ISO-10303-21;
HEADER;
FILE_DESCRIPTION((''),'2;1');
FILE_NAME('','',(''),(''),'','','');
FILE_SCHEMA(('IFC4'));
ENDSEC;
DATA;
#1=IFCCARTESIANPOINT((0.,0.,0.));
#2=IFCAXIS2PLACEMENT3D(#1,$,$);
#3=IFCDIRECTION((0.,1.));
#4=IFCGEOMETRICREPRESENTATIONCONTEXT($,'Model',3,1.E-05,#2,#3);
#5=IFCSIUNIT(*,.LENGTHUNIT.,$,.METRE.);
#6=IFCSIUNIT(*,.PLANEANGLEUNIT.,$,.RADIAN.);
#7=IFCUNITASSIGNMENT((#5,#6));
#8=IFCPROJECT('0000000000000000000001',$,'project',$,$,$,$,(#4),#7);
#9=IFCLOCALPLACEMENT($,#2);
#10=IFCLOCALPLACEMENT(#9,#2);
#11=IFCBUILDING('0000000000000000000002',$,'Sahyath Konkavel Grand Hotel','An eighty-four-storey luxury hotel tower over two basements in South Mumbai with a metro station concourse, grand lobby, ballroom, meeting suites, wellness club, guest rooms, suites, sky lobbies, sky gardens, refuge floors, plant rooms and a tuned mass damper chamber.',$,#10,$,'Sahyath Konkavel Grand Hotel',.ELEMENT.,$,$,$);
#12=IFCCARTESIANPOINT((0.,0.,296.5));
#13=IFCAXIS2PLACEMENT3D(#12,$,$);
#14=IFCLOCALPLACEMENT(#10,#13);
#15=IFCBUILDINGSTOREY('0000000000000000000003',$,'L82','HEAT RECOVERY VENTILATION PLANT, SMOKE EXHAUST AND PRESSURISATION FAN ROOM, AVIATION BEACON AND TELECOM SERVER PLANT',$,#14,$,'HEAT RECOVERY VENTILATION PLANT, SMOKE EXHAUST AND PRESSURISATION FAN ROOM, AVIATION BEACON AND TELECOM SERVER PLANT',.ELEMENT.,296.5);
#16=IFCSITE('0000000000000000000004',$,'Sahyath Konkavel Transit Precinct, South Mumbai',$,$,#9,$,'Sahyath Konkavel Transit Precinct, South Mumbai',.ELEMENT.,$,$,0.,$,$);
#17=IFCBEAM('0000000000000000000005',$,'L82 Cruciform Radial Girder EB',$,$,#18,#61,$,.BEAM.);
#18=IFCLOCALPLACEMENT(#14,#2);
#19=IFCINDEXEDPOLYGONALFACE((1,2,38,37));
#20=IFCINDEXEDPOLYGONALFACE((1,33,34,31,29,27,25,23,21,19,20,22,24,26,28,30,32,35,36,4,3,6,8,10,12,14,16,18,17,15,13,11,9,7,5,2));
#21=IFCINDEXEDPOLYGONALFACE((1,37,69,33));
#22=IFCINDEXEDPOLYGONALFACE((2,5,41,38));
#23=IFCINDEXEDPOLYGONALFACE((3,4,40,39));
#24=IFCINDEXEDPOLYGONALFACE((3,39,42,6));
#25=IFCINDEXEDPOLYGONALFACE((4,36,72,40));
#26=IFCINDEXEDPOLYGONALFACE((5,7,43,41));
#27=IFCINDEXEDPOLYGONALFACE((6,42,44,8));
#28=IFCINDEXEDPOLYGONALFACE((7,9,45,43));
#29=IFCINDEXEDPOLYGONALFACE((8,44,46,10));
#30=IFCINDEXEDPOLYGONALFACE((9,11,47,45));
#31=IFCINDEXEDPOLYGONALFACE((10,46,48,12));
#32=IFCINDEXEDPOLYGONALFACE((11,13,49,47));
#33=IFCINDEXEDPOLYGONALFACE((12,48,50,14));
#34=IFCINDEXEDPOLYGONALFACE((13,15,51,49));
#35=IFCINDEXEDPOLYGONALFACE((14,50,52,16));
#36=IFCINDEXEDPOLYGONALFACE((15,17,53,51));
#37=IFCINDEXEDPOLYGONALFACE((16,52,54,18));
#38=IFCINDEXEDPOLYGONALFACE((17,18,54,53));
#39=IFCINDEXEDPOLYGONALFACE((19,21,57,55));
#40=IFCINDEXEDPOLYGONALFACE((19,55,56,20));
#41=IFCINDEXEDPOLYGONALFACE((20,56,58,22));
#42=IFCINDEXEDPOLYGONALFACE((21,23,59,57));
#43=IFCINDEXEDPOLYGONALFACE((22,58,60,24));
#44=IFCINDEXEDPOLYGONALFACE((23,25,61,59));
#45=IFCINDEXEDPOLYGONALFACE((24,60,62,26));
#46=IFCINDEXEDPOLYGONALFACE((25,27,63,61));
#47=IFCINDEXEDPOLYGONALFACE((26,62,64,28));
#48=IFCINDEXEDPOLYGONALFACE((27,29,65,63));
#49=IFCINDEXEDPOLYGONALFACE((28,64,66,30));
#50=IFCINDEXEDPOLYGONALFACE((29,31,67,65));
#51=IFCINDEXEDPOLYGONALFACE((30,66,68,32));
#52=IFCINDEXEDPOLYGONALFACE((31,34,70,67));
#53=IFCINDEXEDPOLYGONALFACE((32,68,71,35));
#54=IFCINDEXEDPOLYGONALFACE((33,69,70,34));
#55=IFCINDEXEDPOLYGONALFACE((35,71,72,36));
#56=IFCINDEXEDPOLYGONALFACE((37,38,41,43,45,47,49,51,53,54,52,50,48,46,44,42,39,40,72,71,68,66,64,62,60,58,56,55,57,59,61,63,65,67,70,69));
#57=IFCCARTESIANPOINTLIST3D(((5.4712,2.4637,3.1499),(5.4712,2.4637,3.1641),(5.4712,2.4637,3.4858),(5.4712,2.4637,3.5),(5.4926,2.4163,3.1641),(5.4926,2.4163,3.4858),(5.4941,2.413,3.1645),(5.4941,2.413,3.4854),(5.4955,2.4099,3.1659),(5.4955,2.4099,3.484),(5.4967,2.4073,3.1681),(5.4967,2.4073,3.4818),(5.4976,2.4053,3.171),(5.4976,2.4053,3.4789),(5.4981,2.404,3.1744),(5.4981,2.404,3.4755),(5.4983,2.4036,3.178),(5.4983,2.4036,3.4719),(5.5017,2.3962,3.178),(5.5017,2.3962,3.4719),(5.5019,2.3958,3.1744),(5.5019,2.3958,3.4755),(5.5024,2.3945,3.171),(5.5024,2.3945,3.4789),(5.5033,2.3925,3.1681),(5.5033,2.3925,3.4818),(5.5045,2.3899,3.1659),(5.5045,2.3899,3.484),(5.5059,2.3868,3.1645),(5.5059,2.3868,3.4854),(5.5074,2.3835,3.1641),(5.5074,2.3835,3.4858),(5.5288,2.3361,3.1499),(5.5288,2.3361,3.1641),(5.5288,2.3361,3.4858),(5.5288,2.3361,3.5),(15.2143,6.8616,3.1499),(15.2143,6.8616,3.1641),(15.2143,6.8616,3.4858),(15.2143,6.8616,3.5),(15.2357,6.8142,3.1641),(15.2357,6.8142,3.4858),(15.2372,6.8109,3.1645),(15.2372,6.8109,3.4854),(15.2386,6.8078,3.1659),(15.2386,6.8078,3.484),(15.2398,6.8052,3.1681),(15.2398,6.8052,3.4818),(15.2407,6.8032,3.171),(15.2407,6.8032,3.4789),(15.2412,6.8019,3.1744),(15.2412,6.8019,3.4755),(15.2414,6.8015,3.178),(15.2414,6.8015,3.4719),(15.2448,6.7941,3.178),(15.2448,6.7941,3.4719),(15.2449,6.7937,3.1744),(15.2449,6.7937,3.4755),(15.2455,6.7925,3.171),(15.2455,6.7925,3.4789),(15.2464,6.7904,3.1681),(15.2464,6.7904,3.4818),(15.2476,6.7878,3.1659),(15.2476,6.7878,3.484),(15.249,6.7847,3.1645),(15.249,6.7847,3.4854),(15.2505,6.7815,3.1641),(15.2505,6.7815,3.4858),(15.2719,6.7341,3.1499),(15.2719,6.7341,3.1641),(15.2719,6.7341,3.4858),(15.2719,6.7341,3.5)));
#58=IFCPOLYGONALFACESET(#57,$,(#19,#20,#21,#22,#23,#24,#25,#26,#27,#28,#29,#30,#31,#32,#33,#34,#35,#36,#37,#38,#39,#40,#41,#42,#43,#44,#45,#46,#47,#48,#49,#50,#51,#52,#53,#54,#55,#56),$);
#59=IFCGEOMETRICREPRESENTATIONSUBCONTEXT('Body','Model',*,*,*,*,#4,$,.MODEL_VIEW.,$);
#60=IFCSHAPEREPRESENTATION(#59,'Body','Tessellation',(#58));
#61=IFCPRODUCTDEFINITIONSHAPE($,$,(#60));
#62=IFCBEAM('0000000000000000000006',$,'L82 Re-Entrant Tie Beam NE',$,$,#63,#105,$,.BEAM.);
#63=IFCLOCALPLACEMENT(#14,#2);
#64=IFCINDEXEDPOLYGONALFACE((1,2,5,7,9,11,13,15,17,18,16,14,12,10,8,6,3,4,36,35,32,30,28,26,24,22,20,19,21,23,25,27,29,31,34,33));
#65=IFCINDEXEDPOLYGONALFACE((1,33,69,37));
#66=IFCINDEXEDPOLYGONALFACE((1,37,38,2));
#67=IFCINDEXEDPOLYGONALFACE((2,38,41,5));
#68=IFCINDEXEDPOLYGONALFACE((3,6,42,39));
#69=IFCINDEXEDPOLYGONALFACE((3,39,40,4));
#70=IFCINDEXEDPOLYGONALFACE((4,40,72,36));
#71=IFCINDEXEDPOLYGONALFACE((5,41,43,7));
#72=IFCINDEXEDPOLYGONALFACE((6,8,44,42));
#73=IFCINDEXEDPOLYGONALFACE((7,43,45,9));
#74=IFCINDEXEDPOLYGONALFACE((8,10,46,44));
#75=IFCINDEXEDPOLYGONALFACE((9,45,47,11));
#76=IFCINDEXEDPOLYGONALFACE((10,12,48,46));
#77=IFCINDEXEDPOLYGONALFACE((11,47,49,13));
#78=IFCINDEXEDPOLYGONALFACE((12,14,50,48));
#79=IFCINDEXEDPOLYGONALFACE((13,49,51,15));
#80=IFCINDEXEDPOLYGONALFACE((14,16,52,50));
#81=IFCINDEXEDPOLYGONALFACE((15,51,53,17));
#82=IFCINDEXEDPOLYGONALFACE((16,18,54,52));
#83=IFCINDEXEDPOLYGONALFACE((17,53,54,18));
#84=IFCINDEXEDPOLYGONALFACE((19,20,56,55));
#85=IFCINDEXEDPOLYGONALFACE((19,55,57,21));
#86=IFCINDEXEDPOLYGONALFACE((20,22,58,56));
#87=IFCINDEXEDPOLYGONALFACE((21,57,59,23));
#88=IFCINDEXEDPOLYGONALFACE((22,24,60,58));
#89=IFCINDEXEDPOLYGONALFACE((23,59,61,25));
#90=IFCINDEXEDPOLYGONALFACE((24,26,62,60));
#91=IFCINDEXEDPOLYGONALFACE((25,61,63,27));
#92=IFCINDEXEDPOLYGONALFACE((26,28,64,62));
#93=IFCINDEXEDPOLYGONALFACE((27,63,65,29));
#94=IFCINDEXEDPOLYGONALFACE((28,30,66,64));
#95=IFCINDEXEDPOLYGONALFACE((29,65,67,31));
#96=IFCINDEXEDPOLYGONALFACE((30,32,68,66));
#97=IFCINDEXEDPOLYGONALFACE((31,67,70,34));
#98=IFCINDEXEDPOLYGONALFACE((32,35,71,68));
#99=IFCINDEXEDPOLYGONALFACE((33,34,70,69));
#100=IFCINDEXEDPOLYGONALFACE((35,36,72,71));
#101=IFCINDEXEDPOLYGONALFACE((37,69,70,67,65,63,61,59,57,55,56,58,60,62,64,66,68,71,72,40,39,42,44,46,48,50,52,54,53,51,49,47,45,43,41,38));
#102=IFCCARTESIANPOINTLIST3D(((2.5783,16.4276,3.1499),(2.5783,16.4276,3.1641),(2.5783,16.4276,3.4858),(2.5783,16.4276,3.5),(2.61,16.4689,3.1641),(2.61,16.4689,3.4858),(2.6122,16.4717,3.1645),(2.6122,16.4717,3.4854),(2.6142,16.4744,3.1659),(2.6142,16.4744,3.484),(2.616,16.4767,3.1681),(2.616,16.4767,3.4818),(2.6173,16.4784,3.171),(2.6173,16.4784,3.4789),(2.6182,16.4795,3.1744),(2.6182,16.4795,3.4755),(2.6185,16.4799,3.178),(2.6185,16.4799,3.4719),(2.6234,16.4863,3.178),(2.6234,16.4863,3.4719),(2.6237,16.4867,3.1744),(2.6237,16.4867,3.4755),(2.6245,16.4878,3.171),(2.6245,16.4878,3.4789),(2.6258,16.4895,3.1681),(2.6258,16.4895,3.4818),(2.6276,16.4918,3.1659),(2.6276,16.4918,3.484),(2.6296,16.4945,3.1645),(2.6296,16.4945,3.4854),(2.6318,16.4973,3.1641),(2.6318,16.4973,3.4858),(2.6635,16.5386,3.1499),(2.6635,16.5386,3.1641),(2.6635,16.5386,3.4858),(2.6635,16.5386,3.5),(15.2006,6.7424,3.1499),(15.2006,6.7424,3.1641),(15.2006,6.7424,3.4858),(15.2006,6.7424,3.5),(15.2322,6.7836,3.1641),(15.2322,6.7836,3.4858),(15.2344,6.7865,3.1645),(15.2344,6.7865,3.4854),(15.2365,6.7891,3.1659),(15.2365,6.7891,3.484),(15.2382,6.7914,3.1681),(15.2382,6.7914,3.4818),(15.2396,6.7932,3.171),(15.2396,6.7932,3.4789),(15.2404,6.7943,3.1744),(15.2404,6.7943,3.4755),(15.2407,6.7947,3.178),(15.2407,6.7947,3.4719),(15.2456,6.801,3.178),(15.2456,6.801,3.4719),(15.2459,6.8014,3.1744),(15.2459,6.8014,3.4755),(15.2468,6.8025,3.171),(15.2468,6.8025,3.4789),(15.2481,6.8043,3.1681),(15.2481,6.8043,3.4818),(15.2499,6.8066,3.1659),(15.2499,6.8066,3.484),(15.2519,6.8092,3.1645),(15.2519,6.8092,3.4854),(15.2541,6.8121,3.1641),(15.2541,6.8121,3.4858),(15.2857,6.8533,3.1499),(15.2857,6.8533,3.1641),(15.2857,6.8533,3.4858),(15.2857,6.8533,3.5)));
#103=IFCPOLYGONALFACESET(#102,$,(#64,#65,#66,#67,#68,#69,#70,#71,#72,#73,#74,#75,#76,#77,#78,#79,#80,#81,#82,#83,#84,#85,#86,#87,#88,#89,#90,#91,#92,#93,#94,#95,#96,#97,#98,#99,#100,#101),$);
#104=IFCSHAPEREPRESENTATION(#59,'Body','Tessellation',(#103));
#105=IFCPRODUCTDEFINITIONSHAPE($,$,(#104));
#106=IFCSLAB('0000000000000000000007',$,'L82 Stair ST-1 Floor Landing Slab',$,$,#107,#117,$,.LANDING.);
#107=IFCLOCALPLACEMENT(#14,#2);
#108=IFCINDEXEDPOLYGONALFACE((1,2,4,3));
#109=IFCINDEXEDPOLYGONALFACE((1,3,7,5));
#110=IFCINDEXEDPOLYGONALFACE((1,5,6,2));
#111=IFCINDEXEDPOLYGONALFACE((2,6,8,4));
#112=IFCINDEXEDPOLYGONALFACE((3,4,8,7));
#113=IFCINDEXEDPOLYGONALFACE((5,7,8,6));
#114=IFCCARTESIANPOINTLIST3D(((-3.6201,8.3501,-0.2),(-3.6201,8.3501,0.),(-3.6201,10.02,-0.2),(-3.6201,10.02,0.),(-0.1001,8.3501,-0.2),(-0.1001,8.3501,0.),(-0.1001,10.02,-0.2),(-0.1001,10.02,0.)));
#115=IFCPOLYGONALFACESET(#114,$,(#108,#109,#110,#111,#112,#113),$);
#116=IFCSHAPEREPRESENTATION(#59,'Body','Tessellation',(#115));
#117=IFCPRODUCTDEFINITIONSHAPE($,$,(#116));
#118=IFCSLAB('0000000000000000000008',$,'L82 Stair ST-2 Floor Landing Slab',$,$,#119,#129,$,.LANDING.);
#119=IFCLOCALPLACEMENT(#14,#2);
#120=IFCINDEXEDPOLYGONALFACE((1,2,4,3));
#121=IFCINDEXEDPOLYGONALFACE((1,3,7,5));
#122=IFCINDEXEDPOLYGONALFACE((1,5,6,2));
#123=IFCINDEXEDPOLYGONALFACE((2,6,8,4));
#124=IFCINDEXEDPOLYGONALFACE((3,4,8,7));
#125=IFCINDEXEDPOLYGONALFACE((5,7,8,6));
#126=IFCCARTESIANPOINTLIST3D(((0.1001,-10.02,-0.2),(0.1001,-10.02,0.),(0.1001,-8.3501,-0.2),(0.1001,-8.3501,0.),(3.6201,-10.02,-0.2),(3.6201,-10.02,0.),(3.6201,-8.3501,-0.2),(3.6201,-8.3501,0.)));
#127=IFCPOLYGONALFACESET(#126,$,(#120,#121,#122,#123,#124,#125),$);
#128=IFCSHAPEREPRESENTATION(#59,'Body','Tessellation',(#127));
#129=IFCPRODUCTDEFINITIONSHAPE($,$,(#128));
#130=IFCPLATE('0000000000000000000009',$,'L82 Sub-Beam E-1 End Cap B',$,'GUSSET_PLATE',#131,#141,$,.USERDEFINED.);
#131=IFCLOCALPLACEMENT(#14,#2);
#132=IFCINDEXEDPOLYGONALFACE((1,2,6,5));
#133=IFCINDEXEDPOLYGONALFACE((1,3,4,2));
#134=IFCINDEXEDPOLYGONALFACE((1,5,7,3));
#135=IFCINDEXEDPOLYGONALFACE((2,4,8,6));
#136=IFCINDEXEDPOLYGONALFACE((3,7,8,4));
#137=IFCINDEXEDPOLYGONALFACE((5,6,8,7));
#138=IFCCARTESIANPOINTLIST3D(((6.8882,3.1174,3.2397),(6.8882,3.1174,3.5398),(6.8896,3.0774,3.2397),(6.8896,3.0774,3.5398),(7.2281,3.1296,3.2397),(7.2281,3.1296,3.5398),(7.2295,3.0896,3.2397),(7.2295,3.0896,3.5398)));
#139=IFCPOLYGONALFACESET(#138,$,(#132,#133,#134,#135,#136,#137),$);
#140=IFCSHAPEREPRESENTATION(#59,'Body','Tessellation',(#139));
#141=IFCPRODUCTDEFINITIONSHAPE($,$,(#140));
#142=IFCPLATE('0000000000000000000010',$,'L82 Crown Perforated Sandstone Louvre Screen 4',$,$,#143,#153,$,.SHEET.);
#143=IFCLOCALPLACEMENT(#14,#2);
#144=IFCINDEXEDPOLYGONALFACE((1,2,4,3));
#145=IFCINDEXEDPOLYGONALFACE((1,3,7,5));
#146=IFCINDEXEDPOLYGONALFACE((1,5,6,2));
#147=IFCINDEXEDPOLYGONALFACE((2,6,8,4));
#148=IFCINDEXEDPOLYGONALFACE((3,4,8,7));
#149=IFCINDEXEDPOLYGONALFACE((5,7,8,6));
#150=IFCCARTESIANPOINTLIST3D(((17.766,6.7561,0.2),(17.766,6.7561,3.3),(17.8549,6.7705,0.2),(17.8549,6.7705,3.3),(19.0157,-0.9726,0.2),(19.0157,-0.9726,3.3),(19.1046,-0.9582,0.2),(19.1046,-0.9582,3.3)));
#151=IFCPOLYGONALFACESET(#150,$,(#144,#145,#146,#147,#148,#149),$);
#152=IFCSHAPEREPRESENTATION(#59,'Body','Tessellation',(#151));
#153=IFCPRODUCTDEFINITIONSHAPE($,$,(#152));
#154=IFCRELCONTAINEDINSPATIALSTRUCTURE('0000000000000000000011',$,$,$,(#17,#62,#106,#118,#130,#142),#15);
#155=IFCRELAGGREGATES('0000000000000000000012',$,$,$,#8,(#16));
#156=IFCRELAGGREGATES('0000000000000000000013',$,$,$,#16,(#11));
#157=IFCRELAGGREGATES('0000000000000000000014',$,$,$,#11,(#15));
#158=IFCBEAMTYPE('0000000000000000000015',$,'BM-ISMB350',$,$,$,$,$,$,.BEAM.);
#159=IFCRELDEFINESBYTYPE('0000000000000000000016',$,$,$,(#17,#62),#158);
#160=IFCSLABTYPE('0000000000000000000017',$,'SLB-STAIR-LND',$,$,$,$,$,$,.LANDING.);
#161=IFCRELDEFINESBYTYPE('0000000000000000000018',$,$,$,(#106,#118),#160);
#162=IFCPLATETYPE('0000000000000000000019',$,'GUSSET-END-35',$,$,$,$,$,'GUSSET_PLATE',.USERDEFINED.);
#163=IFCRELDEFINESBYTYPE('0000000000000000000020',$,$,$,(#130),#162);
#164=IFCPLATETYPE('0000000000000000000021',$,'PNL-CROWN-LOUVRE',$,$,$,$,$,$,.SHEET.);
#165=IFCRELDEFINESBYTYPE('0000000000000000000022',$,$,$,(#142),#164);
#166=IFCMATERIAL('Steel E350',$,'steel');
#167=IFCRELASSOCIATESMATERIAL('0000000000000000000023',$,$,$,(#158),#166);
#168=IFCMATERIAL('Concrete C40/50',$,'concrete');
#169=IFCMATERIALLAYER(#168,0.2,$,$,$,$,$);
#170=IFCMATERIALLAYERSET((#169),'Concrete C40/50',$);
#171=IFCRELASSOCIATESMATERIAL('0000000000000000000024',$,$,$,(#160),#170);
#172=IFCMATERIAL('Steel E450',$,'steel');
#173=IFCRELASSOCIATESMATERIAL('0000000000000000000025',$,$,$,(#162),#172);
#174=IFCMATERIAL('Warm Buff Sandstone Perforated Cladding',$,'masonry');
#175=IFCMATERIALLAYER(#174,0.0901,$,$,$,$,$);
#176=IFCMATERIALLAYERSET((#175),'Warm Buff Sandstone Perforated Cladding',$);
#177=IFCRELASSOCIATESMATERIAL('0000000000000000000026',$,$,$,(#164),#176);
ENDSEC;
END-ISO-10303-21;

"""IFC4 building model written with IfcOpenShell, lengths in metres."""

from ifc_helpers import new_model, si_unit, direction, frame, origin, origin_2d, place, context, subcontext, project, spatial, polyline, rectangle, i_section, outline, extrude, source, transform, mapped, material, layer, layer_set, material_profile, profile_set, type_object, element, save


model = new_model("IFC4")

# Units and contexts
model_context = context("Model", 3, precision=1e-05, world=origin(), true_north=direction((0.0, 1.0)))
body_context = subcontext(model_context, "Body", "Model", "MODEL_VIEW")
ifc_project = project(units=[si_unit("LENGTHUNIT", "METRE"), si_unit("PLANEANGLEUNIT", "RADIAN")], contexts=[model_context])

# Site, building, storey
site_placement = place(None, origin())
site = spatial("IfcSite", under=ifc_project, at=site_placement, Name="Sahyath Konkavel Transit Precinct, South Mumbai", LongName="Sahyath Konkavel Transit Precinct, South Mumbai", CompositionType="ELEMENT", RefElevation=0.0)
building_placement = place(site_placement, origin())
building = spatial("IfcBuilding", under=site, at=building_placement, Name="Sahyath Konkavel Grand Hotel", Description="An eighty-four-storey luxury hotel tower over two basements in South Mumbai with a metro station concourse, grand lobby, ballroom, meeting suites, wellness club, guest rooms, suites, sky lobbies, sky gardens, refuge floors, plant rooms and a tuned mass damper chamber.", LongName="Sahyath Konkavel Grand Hotel", CompositionType="ELEMENT")
storey_placement = place(building_placement, frame((0.0, 0.0, 296.5)))
storey = spatial("IfcBuildingStorey", under=building, at=storey_placement, Name="L82", Description="HEAT RECOVERY VENTILATION PLANT, SMOKE EXHAUST AND PRESSURISATION FAN ROOM, AVIATION BEACON AND TELECOM SERVER PLANT", LongName="HEAT RECOVERY VENTILATION PLANT, SMOKE EXHAUST AND PRESSURISATION FAN ROOM, AVIATION BEACON AND TELECOM SERVER PLANT", CompositionType="ELEMENT", Elevation=296.5)

# Shared definitions
ifc_material_1 = material(Name="Concrete C40/50", Category="concrete")

# Beams
ifc_material_2 = material(Name="Steel E350", Category="steel")
ifc_material_profile_1 = material_profile(ifc_material_2, i_section(OverallWidth=0.1399, OverallDepth=0.3501, WebThickness=0.0081, FlangeThickness=0.0142, FilletRadius=0.0139, at=origin_2d()), Name="ISMB 350")
ifc_profile_set_1 = profile_set([ifc_material_profile_1], Name="Steel E350")
beam_type_1 = type_object("IfcBeamType", Name="BM-ISMB350", PredefinedType="BEAM", material=ifc_profile_set_1)
shared_shape_1 = source(origin(), body_context, "Body", "SweptSolid", [
    extrude(i_section(OverallWidth=0.1399, OverallDepth=0.3501, WebThickness=0.0081, FlangeThickness=0.0142, FilletRadius=0.0139, at=origin_2d()), origin(), (0.0, 0.0, 1.0), 10.6897),
])
beam_1_placement = place(storey_placement, frame((5.5, 2.3999, 3.325), z_axis=(0.911447, 0.411417, 0.0), x_axis=(-0.411417, 0.911447, 0.0)))
element("IfcBeam", 1, at=beam_1_placement, inside=storey, type_object=beam_type_1, Name="L82 Cruciform Radial Girder EB", PredefinedType="BEAM", context=body_context, shape_type="MappedRepresentation", body=[
    mapped(shared_shape_1, transform((0.0, 0.0, 0.0), scale=1.0)),
])
shared_shape_2 = source(origin(), body_context, "Body", "SweptSolid", [
    extrude(i_section(OverallWidth=0.1399, OverallDepth=0.3501, WebThickness=0.0081, FlangeThickness=0.0142, FilletRadius=0.0139, at=origin_2d()), origin(), (0.0, 0.0, 1.0), 15.9099),
])
beam_2_placement = place(storey_placement, frame((15.2432, 6.7979, 3.325), z_axis=(-0.793358, 0.608756, 0.0), x_axis=(-0.608756, -0.793358, 0.0)))
element("IfcBeam", 2, at=beam_2_placement, inside=storey, type_object=beam_type_1, Name="L82 Re-Entrant Tie Beam NE", PredefinedType="BEAM", context=body_context, shape_type="MappedRepresentation", body=[
    mapped(shared_shape_2, transform((0.0, 0.0, 0.0), scale=1.0)),
])

# Slabs
ifc_layer_1 = layer(ifc_material_1, 0.2)
ifc_layer_set_1 = layer_set([ifc_layer_1], Name="Concrete C40/50")
slab_type = type_object("IfcSlabType", Name="SLB-STAIR-LND", PredefinedType="LANDING", material=ifc_layer_set_1)
slab_1_placement = place(storey_placement, frame((0.0, 0.0, -0.2)))
element("IfcSlab", 3, at=slab_1_placement, inside=storey, type_object=slab_type, Name="L82 Stair ST-1 Floor Landing Slab", PredefinedType="LANDING", context=body_context, shape_type="SweptSolid", body=[
    extrude(outline(polyline([(-3.6201, 8.3501), (-0.1001, 8.3501), (-0.1001, 10.02), (-3.6201, 10.02), (-3.6201, 8.3501)])), origin(), (0.0, 0.0, 1.0), 0.2),
])
slab_2_placement = place(storey_placement, frame((0.0, 0.0, -0.2)))
element("IfcSlab", 4, at=slab_2_placement, inside=storey, type_object=slab_type, Name="L82 Stair ST-2 Floor Landing Slab", PredefinedType="LANDING", context=body_context, shape_type="SweptSolid", body=[
    extrude(outline(polyline([(0.1001, -10.02), (3.6201, -10.02), (3.6201, -8.3501), (0.1001, -8.3501), (0.1001, -10.02)])), origin(), (0.0, 0.0, 1.0), 0.2),
])

# Plates
ifc_material_3 = material(Name="Steel E450", Category="steel")
plate_type_1 = type_object("IfcPlateType", Name="GUSSET-END-35", ElementType="GUSSET_PLATE", PredefinedType="USERDEFINED", material=ifc_material_3)
shared_shape_3 = source(origin(), body_context, "Body", "SweptSolid", [
    extrude(rectangle(XDim=0.04, YDim=0.3401, at=origin_2d()), origin(), (0.0, 0.0, 1.0), 0.3),
])
plate_1_placement = place(storey_placement, frame((7.0588, 3.1035, 3.2397), z_axis=(0.0, 0.0, 1.0), x_axis=(-0.035789, 0.999359, 0.0)))
element("IfcPlate", 5, at=plate_1_placement, inside=storey, type_object=plate_type_1, Name="L82 Sub-Beam E-1 End Cap B", ObjectType="GUSSET_PLATE", PredefinedType="USERDEFINED", context=body_context, shape_type="MappedRepresentation", body=[
    mapped(shared_shape_3, transform((0.0, 0.0, 0.0), scale=1.0)),
])
ifc_material_4 = material(Name="Warm Buff Sandstone Perforated Cladding", Category="masonry")
ifc_layer_2 = layer(ifc_material_4, 0.0901)
ifc_layer_set_2 = layer_set([ifc_layer_2], Name="Warm Buff Sandstone Perforated Cladding")
plate_type_2 = type_object("IfcPlateType", Name="PNL-CROWN-LOUVRE", PredefinedType="SHEET", material=ifc_layer_set_2)
shared_shape_4 = source(origin(), body_context, "Body", "SweptSolid", [
    extrude(rectangle(XDim=7.8291, YDim=0.0901, at=origin_2d()), origin(), (0.0, 0.0, 1.0), 3.1001),
])
plate_2_placement = place(storey_placement, frame((18.4353, 2.8989, 0.2), z_axis=(0.0, 0.0, 1.0), x_axis=(-0.159623, 0.987178, 0.0)))
element("IfcPlate", 6, at=plate_2_placement, inside=storey, type_object=plate_type_2, Name="L82 Crown Perforated Sandstone Louvre Screen 4", PredefinedType="SHEET", context=body_context, shape_type="MappedRepresentation", body=[
    mapped(shared_shape_4, transform((0.0, 0.0, 0.0), scale=1.0)),
])

save(model, "model.ifc")
